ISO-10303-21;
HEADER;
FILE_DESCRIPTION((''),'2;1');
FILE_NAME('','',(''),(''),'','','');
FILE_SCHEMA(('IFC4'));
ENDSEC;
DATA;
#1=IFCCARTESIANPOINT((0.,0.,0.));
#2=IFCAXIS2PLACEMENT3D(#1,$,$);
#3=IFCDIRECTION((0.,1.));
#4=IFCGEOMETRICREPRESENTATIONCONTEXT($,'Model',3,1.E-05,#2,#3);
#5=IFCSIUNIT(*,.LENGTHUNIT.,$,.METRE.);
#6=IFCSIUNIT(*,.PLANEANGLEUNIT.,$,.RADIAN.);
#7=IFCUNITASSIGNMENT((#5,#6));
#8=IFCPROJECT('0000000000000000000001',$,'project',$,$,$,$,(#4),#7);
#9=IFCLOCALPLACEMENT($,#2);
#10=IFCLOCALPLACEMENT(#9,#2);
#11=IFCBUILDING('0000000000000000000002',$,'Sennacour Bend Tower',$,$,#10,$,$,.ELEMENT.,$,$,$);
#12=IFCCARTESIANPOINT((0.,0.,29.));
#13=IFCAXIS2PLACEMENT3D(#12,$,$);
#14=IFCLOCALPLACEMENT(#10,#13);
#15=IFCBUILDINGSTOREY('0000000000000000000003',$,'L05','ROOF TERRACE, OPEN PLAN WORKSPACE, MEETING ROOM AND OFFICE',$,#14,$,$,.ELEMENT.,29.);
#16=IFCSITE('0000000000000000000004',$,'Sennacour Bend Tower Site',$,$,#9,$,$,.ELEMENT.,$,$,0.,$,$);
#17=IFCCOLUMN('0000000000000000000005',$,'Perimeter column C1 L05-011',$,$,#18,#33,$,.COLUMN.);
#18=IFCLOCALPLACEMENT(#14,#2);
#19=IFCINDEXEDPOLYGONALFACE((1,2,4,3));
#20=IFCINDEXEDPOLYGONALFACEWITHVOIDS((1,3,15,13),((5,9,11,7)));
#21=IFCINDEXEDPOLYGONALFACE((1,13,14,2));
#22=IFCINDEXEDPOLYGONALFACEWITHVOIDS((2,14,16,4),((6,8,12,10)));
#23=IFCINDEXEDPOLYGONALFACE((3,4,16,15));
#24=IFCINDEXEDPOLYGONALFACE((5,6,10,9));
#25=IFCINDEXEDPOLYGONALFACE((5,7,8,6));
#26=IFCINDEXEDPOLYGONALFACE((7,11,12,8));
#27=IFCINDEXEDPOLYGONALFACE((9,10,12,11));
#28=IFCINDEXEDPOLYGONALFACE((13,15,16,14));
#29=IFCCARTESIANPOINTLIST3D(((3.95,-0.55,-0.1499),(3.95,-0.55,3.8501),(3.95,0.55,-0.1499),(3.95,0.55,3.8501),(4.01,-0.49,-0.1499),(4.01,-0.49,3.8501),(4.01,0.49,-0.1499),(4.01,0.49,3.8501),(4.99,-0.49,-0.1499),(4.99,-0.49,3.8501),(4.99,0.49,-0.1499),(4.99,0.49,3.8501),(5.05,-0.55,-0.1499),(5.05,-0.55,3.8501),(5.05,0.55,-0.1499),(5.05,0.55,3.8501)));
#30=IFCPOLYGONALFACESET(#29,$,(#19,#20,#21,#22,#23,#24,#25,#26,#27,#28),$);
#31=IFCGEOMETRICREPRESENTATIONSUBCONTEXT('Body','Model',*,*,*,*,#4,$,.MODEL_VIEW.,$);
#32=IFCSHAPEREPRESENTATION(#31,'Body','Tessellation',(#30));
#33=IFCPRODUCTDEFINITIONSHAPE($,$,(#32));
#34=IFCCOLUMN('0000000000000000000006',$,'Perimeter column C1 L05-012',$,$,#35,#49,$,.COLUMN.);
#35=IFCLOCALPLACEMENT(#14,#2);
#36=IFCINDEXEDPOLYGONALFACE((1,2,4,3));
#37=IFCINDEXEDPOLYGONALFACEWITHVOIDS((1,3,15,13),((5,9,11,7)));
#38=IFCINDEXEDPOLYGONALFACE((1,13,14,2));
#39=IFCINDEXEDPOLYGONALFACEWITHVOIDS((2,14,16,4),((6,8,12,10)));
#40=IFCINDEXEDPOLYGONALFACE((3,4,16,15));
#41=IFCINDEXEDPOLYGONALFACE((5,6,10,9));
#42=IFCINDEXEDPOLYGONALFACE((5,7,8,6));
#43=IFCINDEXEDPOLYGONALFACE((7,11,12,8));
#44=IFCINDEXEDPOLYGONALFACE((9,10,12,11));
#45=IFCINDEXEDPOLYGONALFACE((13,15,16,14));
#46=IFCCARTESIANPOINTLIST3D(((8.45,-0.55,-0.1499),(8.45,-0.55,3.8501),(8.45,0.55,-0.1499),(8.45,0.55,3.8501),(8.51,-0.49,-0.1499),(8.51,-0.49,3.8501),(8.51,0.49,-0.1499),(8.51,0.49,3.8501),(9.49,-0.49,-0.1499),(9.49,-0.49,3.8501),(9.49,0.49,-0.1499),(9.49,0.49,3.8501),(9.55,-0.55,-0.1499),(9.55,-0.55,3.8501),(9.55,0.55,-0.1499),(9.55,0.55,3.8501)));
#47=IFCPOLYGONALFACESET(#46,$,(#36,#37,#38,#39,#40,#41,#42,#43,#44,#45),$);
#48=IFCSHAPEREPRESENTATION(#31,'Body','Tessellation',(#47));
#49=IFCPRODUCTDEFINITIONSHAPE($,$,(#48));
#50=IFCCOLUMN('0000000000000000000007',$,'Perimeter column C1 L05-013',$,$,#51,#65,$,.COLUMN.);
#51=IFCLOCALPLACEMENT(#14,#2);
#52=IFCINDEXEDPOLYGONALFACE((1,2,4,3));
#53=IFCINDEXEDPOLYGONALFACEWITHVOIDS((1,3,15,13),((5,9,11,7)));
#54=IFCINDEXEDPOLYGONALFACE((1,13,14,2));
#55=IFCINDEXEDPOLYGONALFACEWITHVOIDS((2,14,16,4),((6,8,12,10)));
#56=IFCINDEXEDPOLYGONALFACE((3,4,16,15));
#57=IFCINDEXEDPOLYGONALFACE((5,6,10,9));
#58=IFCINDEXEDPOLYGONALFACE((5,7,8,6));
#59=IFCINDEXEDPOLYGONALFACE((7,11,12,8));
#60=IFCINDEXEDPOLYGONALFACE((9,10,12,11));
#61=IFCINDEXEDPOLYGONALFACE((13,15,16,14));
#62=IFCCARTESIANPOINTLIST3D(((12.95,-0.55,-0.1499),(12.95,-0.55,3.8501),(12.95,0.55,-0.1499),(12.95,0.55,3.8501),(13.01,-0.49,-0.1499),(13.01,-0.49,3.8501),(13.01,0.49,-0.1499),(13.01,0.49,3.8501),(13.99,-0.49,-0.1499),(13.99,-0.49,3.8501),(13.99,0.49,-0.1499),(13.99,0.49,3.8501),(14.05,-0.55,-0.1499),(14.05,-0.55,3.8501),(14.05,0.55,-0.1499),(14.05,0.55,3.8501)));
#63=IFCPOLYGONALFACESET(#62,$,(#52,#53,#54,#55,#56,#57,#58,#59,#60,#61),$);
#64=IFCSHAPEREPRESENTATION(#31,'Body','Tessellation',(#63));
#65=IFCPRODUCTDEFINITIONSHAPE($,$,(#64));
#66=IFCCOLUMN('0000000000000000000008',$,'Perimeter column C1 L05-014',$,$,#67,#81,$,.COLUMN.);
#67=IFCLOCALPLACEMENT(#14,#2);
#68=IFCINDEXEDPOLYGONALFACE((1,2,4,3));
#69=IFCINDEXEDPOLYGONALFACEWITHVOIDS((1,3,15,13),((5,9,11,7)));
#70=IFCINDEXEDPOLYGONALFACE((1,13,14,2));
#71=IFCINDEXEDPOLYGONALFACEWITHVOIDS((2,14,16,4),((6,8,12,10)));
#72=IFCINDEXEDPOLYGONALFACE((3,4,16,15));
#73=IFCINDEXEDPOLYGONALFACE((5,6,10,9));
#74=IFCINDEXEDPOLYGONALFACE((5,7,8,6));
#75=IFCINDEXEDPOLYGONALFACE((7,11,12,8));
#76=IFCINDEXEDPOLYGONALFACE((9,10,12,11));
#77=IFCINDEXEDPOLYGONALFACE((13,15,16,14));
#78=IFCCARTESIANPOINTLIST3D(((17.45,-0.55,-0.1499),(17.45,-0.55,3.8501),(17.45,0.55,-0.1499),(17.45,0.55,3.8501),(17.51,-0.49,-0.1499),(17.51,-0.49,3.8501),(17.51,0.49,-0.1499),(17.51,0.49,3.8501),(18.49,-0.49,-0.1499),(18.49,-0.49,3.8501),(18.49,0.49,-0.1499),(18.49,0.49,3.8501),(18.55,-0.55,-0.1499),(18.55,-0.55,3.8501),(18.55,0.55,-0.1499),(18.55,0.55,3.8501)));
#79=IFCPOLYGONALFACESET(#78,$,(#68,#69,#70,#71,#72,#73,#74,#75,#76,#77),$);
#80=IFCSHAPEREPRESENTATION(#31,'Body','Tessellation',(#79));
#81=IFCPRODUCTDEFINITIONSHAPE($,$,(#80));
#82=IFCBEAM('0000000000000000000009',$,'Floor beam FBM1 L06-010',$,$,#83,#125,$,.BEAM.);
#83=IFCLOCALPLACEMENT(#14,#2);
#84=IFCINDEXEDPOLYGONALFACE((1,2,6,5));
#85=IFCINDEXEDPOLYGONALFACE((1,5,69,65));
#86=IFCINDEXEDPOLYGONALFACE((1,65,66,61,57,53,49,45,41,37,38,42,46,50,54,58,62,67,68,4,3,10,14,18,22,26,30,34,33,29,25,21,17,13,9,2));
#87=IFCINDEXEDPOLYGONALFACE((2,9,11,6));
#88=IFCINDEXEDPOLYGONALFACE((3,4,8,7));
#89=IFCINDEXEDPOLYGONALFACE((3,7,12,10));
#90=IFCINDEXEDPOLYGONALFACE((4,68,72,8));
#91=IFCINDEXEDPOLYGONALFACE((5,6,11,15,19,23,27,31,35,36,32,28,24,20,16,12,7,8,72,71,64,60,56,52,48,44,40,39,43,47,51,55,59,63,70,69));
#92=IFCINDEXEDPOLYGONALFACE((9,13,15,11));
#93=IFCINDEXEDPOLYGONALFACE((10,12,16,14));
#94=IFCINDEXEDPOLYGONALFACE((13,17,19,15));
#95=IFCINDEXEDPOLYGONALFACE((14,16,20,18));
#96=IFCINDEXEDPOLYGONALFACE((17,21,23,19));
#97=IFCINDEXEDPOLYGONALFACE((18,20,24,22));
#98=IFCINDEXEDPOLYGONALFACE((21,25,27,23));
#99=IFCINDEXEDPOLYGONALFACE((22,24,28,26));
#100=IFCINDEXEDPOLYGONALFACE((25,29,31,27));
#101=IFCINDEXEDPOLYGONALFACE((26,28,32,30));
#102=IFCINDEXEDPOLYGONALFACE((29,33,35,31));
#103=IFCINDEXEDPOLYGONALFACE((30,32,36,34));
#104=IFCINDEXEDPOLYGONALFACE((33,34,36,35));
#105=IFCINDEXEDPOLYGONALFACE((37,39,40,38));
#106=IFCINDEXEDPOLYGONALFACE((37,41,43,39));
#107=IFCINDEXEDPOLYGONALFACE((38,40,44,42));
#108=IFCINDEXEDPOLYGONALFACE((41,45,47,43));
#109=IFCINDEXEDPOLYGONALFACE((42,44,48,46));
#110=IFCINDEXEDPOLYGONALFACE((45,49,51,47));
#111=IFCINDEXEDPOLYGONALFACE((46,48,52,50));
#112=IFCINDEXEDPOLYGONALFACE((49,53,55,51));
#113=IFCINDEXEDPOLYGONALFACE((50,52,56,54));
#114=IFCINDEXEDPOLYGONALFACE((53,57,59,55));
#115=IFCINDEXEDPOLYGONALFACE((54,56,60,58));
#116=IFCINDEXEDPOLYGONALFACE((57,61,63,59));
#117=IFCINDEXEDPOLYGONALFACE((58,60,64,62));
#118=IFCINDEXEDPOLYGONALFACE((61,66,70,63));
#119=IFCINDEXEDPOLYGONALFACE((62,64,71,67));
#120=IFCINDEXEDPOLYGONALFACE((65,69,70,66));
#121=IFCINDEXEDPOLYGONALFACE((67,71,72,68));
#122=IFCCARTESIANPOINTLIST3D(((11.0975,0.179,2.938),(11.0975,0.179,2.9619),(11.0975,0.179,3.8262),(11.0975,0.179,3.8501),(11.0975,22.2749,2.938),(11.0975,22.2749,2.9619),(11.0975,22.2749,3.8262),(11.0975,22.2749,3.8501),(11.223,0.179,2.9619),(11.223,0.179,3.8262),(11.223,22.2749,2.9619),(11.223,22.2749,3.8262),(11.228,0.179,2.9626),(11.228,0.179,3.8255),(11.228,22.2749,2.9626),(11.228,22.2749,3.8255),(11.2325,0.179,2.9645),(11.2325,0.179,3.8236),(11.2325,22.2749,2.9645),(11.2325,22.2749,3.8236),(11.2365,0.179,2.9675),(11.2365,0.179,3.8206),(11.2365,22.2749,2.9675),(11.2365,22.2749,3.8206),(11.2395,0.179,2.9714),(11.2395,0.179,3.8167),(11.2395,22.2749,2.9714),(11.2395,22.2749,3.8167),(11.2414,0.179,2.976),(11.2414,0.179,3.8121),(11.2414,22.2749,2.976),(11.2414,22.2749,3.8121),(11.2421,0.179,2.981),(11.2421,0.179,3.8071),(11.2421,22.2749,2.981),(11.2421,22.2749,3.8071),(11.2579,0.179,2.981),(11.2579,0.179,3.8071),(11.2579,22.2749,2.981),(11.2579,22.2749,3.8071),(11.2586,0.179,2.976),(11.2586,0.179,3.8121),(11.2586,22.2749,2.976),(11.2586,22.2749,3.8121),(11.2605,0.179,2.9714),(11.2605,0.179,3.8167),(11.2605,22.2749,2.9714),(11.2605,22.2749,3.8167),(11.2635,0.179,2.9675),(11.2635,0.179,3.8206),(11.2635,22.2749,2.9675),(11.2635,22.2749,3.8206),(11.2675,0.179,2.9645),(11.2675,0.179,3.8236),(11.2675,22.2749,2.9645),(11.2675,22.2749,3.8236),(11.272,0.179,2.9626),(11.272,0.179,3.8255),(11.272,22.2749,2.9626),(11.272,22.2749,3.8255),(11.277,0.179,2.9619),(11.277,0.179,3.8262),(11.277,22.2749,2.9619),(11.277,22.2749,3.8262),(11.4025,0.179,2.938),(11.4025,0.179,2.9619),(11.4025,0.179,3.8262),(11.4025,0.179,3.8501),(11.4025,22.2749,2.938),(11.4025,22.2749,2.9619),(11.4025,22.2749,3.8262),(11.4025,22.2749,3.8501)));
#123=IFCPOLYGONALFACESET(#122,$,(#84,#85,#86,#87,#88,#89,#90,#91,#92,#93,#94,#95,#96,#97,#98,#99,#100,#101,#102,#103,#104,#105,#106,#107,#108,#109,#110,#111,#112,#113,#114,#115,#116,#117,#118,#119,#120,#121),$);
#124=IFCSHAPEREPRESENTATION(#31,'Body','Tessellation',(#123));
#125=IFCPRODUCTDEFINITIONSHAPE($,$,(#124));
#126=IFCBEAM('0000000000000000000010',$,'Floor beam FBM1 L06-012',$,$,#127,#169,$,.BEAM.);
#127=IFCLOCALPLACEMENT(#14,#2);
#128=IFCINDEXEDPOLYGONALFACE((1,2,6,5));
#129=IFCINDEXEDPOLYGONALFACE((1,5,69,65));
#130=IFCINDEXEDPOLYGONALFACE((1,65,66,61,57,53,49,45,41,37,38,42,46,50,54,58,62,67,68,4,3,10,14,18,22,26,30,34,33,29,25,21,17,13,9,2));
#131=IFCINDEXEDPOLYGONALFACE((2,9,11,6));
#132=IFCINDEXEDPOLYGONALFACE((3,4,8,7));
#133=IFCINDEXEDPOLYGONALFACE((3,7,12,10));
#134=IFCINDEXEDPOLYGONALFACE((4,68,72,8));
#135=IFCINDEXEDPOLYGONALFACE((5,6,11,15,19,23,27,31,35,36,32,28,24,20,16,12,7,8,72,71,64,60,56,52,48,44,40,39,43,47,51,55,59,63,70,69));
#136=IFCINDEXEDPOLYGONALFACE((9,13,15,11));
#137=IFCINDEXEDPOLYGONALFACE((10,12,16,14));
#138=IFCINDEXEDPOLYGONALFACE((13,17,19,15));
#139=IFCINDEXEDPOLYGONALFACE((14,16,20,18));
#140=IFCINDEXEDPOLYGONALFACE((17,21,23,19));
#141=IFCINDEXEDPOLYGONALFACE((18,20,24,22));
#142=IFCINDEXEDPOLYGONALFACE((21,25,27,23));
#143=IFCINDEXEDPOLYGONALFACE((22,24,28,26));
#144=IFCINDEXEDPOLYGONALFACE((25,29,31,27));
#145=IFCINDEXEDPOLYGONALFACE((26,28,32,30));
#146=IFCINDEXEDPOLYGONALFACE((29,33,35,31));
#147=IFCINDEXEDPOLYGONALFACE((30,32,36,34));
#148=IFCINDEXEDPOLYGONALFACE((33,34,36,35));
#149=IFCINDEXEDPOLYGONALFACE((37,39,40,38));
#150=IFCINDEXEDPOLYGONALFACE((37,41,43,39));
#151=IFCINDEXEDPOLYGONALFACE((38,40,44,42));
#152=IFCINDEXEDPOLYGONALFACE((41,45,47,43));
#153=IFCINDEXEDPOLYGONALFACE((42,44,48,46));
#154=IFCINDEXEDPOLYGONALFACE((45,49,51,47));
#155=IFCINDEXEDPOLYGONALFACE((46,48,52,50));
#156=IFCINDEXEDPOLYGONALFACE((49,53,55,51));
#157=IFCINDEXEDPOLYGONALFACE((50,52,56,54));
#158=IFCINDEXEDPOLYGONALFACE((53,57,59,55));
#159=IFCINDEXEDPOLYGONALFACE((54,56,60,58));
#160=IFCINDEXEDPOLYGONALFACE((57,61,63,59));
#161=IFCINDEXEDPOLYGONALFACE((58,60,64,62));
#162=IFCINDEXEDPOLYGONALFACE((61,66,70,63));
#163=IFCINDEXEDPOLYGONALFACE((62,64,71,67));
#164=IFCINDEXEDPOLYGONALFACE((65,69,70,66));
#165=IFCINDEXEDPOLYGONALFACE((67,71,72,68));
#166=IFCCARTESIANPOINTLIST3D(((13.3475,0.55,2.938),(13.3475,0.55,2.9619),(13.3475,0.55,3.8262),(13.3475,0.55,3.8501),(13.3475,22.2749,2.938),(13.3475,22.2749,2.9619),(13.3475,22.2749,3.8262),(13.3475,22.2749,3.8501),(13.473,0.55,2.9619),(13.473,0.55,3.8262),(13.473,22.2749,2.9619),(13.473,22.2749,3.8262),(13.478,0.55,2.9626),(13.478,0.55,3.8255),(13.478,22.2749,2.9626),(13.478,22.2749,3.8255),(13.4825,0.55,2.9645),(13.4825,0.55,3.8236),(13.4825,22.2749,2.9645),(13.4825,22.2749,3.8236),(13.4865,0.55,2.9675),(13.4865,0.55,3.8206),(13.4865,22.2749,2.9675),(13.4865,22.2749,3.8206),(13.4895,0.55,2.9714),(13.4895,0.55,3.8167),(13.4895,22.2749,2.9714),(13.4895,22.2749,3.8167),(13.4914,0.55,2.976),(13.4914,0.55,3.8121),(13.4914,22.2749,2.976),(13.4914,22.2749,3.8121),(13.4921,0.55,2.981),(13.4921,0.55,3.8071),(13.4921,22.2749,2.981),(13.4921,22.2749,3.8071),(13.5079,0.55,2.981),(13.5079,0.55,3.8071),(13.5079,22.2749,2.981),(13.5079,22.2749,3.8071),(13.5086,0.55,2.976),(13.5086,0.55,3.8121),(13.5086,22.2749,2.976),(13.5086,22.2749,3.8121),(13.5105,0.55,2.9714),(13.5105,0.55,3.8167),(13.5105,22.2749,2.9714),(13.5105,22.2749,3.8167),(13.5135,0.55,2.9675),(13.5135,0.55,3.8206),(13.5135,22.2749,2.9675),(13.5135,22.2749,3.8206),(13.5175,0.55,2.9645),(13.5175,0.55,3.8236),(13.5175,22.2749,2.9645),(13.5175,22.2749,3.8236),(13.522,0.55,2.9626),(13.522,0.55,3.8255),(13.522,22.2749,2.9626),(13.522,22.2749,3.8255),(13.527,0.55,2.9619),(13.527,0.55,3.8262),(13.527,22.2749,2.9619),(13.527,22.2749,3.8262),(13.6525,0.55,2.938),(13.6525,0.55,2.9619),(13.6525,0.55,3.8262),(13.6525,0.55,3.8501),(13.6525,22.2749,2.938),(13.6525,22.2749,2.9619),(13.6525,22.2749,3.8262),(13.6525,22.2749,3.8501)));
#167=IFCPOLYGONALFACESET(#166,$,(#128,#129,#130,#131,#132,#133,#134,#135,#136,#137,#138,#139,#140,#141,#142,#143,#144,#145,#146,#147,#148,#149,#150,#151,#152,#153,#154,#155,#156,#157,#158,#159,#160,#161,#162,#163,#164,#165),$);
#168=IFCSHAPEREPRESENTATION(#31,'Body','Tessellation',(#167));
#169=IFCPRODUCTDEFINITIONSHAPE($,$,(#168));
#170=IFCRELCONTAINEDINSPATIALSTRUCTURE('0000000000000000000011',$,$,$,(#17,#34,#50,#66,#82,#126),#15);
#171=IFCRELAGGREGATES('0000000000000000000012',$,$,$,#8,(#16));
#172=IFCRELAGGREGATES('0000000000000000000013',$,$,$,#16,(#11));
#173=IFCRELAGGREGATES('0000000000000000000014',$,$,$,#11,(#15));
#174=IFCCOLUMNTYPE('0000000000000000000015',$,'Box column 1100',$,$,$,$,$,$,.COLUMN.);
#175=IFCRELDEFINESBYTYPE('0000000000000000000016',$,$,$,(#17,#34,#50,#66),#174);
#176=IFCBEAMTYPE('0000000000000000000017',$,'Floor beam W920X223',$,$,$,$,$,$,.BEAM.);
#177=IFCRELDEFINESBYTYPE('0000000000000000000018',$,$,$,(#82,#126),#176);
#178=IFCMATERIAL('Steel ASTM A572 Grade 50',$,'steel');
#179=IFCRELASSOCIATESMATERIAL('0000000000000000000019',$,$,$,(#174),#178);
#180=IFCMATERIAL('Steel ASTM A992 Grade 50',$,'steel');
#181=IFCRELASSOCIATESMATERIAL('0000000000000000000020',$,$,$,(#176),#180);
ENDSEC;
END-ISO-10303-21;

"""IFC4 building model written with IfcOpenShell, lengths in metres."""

from ifc_helpers import new_model, si_unit, direction, frame, origin, origin_2d, place, context, subcontext, project, spatial, hollow_rectangle, i_section, extrude, material, material_profile, profile_set, type_object, element, save


model = new_model("IFC4")

# Units and contexts
model_context = context("Model", 3, precision=1e-05, world=origin(), true_north=direction((0.0, 1.0)))
body_context = subcontext(model_context, "Body", "Model", "MODEL_VIEW")
ifc_project = project(units=[si_unit("LENGTHUNIT", "METRE"), si_unit("PLANEANGLEUNIT", "RADIAN")], contexts=[model_context])

# Site, building, storey
site_placement = place(None, origin())
site = spatial("IfcSite", under=ifc_project, at=site_placement, Name="Sennacour Bend Tower Site", CompositionType="ELEMENT", RefElevation=0.0)
building_placement = place(site_placement, origin())
building = spatial("IfcBuilding", under=site, at=building_placement, Name="Sennacour Bend Tower", CompositionType="ELEMENT")
storey_placement = place(building_placement, frame((0.0, 0.0, 29.0)))
storey = spatial("IfcBuildingStorey", under=building, at=storey_placement, Name="L05", Description="ROOF TERRACE, OPEN PLAN WORKSPACE, MEETING ROOM AND OFFICE", CompositionType="ELEMENT", Elevation=29.0)

# Columns
ifc_material_1 = material(Name="Steel ASTM A572 Grade 50", Category="steel")
ifc_material_profile_1 = material_profile(ifc_material_1, hollow_rectangle(XDim=1.1001, YDim=1.1001, WallThickness=0.0601, at=origin_2d()), Name="Steel ASTM A572 Grade 50", Category="steel")
ifc_profile_set_1 = profile_set([ifc_material_profile_1], Name="Steel ASTM A572 Grade 50")
column_type = type_object("IfcColumnType", Name="Box column 1100", PredefinedType="COLUMN", material=ifc_profile_set_1)
for number, where, z_axis, x_axis, name in (
    (1, (4.5, 0.0, -0.1499), (0.0, 0.0, 1.0), (1.0, 0.0, 0.0), "Perimeter column C1 L05-011"),
    (2, (9.0, 0.0, -0.1499), (0.0, 0.0, 1.0), (1.0, 0.0, 0.0), "Perimeter column C1 L05-012"),
    (3, (13.5, 0.0, -0.1499), (0.0, 0.0, 1.0), (1.0, 0.0, 0.0), "Perimeter column C1 L05-013"),
    (4, (18.0, 0.0, -0.1499), (0.0, 0.0, 1.0), (1.0, 0.0, 0.0), "Perimeter column C1 L05-014"),
):
    element("IfcColumn", number, at=place(storey_placement, frame(where, z_axis=z_axis, x_axis=x_axis)), inside=storey, type_object=column_type, Name=name, PredefinedType="COLUMN", context=body_context, shape_type="SweptSolid", body=[
        extrude(hollow_rectangle(XDim=1.1001, YDim=1.1001, WallThickness=0.0601, at=origin_2d()), origin(), (0.0, 0.0, 1.0), 4.0),
    ])

# Beams
ifc_material_2 = material(Name="Steel ASTM A992 Grade 50", Category="steel")
ifc_material_profile_2 = material_profile(ifc_material_2, i_section(OverallWidth=0.3049, OverallDepth=0.9121, WebThickness=0.0159, FlangeThickness=0.0239, FilletRadius=0.019, at=origin_2d()), Name="Steel ASTM A992 Grade 50", Category="steel")
ifc_profile_set_2 = profile_set([ifc_material_profile_2], Name="Steel ASTM A992 Grade 50")
beam_type_1 = type_object("IfcBeamType", Name="Floor beam W920X223", PredefinedType="BEAM", material=ifc_profile_set_2)
beam_1_placement = place(storey_placement, frame((11.25, 0.179, 3.394), z_axis=(0.0, 1.0, 0.0), x_axis=(-1.0, 0.0, 0.0)))
element("IfcBeam", 5, at=beam_1_placement, inside=storey, type_object=beam_type_1, Name="Floor beam FBM1 L06-010", PredefinedType="BEAM", context=body_context, shape_type="SweptSolid", body=[
    extrude(i_section(OverallWidth=0.3049, OverallDepth=0.9121, WebThickness=0.0159, FlangeThickness=0.0239, FilletRadius=0.019, at=origin_2d()), origin(), (0.0, 0.0, 1.0), 22.0959),
])
beam_2_placement = place(storey_placement, frame((13.5, 0.55, 3.394), z_axis=(0.0, 1.0, 0.0), x_axis=(-1.0, 0.0, 0.0)))
element("IfcBeam", 6, at=beam_2_placement, inside=storey, type_object=beam_type_1, Name="Floor beam FBM1 L06-012", PredefinedType="BEAM", context=body_context, shape_type="SweptSolid", body=[
    extrude(i_section(OverallWidth=0.3049, OverallDepth=0.9121, WebThickness=0.0159, FlangeThickness=0.0239, FilletRadius=0.019, at=origin_2d()), origin(), (0.0, 0.0, 1.0), 21.7249),
])

save(model, "model.ifc")
